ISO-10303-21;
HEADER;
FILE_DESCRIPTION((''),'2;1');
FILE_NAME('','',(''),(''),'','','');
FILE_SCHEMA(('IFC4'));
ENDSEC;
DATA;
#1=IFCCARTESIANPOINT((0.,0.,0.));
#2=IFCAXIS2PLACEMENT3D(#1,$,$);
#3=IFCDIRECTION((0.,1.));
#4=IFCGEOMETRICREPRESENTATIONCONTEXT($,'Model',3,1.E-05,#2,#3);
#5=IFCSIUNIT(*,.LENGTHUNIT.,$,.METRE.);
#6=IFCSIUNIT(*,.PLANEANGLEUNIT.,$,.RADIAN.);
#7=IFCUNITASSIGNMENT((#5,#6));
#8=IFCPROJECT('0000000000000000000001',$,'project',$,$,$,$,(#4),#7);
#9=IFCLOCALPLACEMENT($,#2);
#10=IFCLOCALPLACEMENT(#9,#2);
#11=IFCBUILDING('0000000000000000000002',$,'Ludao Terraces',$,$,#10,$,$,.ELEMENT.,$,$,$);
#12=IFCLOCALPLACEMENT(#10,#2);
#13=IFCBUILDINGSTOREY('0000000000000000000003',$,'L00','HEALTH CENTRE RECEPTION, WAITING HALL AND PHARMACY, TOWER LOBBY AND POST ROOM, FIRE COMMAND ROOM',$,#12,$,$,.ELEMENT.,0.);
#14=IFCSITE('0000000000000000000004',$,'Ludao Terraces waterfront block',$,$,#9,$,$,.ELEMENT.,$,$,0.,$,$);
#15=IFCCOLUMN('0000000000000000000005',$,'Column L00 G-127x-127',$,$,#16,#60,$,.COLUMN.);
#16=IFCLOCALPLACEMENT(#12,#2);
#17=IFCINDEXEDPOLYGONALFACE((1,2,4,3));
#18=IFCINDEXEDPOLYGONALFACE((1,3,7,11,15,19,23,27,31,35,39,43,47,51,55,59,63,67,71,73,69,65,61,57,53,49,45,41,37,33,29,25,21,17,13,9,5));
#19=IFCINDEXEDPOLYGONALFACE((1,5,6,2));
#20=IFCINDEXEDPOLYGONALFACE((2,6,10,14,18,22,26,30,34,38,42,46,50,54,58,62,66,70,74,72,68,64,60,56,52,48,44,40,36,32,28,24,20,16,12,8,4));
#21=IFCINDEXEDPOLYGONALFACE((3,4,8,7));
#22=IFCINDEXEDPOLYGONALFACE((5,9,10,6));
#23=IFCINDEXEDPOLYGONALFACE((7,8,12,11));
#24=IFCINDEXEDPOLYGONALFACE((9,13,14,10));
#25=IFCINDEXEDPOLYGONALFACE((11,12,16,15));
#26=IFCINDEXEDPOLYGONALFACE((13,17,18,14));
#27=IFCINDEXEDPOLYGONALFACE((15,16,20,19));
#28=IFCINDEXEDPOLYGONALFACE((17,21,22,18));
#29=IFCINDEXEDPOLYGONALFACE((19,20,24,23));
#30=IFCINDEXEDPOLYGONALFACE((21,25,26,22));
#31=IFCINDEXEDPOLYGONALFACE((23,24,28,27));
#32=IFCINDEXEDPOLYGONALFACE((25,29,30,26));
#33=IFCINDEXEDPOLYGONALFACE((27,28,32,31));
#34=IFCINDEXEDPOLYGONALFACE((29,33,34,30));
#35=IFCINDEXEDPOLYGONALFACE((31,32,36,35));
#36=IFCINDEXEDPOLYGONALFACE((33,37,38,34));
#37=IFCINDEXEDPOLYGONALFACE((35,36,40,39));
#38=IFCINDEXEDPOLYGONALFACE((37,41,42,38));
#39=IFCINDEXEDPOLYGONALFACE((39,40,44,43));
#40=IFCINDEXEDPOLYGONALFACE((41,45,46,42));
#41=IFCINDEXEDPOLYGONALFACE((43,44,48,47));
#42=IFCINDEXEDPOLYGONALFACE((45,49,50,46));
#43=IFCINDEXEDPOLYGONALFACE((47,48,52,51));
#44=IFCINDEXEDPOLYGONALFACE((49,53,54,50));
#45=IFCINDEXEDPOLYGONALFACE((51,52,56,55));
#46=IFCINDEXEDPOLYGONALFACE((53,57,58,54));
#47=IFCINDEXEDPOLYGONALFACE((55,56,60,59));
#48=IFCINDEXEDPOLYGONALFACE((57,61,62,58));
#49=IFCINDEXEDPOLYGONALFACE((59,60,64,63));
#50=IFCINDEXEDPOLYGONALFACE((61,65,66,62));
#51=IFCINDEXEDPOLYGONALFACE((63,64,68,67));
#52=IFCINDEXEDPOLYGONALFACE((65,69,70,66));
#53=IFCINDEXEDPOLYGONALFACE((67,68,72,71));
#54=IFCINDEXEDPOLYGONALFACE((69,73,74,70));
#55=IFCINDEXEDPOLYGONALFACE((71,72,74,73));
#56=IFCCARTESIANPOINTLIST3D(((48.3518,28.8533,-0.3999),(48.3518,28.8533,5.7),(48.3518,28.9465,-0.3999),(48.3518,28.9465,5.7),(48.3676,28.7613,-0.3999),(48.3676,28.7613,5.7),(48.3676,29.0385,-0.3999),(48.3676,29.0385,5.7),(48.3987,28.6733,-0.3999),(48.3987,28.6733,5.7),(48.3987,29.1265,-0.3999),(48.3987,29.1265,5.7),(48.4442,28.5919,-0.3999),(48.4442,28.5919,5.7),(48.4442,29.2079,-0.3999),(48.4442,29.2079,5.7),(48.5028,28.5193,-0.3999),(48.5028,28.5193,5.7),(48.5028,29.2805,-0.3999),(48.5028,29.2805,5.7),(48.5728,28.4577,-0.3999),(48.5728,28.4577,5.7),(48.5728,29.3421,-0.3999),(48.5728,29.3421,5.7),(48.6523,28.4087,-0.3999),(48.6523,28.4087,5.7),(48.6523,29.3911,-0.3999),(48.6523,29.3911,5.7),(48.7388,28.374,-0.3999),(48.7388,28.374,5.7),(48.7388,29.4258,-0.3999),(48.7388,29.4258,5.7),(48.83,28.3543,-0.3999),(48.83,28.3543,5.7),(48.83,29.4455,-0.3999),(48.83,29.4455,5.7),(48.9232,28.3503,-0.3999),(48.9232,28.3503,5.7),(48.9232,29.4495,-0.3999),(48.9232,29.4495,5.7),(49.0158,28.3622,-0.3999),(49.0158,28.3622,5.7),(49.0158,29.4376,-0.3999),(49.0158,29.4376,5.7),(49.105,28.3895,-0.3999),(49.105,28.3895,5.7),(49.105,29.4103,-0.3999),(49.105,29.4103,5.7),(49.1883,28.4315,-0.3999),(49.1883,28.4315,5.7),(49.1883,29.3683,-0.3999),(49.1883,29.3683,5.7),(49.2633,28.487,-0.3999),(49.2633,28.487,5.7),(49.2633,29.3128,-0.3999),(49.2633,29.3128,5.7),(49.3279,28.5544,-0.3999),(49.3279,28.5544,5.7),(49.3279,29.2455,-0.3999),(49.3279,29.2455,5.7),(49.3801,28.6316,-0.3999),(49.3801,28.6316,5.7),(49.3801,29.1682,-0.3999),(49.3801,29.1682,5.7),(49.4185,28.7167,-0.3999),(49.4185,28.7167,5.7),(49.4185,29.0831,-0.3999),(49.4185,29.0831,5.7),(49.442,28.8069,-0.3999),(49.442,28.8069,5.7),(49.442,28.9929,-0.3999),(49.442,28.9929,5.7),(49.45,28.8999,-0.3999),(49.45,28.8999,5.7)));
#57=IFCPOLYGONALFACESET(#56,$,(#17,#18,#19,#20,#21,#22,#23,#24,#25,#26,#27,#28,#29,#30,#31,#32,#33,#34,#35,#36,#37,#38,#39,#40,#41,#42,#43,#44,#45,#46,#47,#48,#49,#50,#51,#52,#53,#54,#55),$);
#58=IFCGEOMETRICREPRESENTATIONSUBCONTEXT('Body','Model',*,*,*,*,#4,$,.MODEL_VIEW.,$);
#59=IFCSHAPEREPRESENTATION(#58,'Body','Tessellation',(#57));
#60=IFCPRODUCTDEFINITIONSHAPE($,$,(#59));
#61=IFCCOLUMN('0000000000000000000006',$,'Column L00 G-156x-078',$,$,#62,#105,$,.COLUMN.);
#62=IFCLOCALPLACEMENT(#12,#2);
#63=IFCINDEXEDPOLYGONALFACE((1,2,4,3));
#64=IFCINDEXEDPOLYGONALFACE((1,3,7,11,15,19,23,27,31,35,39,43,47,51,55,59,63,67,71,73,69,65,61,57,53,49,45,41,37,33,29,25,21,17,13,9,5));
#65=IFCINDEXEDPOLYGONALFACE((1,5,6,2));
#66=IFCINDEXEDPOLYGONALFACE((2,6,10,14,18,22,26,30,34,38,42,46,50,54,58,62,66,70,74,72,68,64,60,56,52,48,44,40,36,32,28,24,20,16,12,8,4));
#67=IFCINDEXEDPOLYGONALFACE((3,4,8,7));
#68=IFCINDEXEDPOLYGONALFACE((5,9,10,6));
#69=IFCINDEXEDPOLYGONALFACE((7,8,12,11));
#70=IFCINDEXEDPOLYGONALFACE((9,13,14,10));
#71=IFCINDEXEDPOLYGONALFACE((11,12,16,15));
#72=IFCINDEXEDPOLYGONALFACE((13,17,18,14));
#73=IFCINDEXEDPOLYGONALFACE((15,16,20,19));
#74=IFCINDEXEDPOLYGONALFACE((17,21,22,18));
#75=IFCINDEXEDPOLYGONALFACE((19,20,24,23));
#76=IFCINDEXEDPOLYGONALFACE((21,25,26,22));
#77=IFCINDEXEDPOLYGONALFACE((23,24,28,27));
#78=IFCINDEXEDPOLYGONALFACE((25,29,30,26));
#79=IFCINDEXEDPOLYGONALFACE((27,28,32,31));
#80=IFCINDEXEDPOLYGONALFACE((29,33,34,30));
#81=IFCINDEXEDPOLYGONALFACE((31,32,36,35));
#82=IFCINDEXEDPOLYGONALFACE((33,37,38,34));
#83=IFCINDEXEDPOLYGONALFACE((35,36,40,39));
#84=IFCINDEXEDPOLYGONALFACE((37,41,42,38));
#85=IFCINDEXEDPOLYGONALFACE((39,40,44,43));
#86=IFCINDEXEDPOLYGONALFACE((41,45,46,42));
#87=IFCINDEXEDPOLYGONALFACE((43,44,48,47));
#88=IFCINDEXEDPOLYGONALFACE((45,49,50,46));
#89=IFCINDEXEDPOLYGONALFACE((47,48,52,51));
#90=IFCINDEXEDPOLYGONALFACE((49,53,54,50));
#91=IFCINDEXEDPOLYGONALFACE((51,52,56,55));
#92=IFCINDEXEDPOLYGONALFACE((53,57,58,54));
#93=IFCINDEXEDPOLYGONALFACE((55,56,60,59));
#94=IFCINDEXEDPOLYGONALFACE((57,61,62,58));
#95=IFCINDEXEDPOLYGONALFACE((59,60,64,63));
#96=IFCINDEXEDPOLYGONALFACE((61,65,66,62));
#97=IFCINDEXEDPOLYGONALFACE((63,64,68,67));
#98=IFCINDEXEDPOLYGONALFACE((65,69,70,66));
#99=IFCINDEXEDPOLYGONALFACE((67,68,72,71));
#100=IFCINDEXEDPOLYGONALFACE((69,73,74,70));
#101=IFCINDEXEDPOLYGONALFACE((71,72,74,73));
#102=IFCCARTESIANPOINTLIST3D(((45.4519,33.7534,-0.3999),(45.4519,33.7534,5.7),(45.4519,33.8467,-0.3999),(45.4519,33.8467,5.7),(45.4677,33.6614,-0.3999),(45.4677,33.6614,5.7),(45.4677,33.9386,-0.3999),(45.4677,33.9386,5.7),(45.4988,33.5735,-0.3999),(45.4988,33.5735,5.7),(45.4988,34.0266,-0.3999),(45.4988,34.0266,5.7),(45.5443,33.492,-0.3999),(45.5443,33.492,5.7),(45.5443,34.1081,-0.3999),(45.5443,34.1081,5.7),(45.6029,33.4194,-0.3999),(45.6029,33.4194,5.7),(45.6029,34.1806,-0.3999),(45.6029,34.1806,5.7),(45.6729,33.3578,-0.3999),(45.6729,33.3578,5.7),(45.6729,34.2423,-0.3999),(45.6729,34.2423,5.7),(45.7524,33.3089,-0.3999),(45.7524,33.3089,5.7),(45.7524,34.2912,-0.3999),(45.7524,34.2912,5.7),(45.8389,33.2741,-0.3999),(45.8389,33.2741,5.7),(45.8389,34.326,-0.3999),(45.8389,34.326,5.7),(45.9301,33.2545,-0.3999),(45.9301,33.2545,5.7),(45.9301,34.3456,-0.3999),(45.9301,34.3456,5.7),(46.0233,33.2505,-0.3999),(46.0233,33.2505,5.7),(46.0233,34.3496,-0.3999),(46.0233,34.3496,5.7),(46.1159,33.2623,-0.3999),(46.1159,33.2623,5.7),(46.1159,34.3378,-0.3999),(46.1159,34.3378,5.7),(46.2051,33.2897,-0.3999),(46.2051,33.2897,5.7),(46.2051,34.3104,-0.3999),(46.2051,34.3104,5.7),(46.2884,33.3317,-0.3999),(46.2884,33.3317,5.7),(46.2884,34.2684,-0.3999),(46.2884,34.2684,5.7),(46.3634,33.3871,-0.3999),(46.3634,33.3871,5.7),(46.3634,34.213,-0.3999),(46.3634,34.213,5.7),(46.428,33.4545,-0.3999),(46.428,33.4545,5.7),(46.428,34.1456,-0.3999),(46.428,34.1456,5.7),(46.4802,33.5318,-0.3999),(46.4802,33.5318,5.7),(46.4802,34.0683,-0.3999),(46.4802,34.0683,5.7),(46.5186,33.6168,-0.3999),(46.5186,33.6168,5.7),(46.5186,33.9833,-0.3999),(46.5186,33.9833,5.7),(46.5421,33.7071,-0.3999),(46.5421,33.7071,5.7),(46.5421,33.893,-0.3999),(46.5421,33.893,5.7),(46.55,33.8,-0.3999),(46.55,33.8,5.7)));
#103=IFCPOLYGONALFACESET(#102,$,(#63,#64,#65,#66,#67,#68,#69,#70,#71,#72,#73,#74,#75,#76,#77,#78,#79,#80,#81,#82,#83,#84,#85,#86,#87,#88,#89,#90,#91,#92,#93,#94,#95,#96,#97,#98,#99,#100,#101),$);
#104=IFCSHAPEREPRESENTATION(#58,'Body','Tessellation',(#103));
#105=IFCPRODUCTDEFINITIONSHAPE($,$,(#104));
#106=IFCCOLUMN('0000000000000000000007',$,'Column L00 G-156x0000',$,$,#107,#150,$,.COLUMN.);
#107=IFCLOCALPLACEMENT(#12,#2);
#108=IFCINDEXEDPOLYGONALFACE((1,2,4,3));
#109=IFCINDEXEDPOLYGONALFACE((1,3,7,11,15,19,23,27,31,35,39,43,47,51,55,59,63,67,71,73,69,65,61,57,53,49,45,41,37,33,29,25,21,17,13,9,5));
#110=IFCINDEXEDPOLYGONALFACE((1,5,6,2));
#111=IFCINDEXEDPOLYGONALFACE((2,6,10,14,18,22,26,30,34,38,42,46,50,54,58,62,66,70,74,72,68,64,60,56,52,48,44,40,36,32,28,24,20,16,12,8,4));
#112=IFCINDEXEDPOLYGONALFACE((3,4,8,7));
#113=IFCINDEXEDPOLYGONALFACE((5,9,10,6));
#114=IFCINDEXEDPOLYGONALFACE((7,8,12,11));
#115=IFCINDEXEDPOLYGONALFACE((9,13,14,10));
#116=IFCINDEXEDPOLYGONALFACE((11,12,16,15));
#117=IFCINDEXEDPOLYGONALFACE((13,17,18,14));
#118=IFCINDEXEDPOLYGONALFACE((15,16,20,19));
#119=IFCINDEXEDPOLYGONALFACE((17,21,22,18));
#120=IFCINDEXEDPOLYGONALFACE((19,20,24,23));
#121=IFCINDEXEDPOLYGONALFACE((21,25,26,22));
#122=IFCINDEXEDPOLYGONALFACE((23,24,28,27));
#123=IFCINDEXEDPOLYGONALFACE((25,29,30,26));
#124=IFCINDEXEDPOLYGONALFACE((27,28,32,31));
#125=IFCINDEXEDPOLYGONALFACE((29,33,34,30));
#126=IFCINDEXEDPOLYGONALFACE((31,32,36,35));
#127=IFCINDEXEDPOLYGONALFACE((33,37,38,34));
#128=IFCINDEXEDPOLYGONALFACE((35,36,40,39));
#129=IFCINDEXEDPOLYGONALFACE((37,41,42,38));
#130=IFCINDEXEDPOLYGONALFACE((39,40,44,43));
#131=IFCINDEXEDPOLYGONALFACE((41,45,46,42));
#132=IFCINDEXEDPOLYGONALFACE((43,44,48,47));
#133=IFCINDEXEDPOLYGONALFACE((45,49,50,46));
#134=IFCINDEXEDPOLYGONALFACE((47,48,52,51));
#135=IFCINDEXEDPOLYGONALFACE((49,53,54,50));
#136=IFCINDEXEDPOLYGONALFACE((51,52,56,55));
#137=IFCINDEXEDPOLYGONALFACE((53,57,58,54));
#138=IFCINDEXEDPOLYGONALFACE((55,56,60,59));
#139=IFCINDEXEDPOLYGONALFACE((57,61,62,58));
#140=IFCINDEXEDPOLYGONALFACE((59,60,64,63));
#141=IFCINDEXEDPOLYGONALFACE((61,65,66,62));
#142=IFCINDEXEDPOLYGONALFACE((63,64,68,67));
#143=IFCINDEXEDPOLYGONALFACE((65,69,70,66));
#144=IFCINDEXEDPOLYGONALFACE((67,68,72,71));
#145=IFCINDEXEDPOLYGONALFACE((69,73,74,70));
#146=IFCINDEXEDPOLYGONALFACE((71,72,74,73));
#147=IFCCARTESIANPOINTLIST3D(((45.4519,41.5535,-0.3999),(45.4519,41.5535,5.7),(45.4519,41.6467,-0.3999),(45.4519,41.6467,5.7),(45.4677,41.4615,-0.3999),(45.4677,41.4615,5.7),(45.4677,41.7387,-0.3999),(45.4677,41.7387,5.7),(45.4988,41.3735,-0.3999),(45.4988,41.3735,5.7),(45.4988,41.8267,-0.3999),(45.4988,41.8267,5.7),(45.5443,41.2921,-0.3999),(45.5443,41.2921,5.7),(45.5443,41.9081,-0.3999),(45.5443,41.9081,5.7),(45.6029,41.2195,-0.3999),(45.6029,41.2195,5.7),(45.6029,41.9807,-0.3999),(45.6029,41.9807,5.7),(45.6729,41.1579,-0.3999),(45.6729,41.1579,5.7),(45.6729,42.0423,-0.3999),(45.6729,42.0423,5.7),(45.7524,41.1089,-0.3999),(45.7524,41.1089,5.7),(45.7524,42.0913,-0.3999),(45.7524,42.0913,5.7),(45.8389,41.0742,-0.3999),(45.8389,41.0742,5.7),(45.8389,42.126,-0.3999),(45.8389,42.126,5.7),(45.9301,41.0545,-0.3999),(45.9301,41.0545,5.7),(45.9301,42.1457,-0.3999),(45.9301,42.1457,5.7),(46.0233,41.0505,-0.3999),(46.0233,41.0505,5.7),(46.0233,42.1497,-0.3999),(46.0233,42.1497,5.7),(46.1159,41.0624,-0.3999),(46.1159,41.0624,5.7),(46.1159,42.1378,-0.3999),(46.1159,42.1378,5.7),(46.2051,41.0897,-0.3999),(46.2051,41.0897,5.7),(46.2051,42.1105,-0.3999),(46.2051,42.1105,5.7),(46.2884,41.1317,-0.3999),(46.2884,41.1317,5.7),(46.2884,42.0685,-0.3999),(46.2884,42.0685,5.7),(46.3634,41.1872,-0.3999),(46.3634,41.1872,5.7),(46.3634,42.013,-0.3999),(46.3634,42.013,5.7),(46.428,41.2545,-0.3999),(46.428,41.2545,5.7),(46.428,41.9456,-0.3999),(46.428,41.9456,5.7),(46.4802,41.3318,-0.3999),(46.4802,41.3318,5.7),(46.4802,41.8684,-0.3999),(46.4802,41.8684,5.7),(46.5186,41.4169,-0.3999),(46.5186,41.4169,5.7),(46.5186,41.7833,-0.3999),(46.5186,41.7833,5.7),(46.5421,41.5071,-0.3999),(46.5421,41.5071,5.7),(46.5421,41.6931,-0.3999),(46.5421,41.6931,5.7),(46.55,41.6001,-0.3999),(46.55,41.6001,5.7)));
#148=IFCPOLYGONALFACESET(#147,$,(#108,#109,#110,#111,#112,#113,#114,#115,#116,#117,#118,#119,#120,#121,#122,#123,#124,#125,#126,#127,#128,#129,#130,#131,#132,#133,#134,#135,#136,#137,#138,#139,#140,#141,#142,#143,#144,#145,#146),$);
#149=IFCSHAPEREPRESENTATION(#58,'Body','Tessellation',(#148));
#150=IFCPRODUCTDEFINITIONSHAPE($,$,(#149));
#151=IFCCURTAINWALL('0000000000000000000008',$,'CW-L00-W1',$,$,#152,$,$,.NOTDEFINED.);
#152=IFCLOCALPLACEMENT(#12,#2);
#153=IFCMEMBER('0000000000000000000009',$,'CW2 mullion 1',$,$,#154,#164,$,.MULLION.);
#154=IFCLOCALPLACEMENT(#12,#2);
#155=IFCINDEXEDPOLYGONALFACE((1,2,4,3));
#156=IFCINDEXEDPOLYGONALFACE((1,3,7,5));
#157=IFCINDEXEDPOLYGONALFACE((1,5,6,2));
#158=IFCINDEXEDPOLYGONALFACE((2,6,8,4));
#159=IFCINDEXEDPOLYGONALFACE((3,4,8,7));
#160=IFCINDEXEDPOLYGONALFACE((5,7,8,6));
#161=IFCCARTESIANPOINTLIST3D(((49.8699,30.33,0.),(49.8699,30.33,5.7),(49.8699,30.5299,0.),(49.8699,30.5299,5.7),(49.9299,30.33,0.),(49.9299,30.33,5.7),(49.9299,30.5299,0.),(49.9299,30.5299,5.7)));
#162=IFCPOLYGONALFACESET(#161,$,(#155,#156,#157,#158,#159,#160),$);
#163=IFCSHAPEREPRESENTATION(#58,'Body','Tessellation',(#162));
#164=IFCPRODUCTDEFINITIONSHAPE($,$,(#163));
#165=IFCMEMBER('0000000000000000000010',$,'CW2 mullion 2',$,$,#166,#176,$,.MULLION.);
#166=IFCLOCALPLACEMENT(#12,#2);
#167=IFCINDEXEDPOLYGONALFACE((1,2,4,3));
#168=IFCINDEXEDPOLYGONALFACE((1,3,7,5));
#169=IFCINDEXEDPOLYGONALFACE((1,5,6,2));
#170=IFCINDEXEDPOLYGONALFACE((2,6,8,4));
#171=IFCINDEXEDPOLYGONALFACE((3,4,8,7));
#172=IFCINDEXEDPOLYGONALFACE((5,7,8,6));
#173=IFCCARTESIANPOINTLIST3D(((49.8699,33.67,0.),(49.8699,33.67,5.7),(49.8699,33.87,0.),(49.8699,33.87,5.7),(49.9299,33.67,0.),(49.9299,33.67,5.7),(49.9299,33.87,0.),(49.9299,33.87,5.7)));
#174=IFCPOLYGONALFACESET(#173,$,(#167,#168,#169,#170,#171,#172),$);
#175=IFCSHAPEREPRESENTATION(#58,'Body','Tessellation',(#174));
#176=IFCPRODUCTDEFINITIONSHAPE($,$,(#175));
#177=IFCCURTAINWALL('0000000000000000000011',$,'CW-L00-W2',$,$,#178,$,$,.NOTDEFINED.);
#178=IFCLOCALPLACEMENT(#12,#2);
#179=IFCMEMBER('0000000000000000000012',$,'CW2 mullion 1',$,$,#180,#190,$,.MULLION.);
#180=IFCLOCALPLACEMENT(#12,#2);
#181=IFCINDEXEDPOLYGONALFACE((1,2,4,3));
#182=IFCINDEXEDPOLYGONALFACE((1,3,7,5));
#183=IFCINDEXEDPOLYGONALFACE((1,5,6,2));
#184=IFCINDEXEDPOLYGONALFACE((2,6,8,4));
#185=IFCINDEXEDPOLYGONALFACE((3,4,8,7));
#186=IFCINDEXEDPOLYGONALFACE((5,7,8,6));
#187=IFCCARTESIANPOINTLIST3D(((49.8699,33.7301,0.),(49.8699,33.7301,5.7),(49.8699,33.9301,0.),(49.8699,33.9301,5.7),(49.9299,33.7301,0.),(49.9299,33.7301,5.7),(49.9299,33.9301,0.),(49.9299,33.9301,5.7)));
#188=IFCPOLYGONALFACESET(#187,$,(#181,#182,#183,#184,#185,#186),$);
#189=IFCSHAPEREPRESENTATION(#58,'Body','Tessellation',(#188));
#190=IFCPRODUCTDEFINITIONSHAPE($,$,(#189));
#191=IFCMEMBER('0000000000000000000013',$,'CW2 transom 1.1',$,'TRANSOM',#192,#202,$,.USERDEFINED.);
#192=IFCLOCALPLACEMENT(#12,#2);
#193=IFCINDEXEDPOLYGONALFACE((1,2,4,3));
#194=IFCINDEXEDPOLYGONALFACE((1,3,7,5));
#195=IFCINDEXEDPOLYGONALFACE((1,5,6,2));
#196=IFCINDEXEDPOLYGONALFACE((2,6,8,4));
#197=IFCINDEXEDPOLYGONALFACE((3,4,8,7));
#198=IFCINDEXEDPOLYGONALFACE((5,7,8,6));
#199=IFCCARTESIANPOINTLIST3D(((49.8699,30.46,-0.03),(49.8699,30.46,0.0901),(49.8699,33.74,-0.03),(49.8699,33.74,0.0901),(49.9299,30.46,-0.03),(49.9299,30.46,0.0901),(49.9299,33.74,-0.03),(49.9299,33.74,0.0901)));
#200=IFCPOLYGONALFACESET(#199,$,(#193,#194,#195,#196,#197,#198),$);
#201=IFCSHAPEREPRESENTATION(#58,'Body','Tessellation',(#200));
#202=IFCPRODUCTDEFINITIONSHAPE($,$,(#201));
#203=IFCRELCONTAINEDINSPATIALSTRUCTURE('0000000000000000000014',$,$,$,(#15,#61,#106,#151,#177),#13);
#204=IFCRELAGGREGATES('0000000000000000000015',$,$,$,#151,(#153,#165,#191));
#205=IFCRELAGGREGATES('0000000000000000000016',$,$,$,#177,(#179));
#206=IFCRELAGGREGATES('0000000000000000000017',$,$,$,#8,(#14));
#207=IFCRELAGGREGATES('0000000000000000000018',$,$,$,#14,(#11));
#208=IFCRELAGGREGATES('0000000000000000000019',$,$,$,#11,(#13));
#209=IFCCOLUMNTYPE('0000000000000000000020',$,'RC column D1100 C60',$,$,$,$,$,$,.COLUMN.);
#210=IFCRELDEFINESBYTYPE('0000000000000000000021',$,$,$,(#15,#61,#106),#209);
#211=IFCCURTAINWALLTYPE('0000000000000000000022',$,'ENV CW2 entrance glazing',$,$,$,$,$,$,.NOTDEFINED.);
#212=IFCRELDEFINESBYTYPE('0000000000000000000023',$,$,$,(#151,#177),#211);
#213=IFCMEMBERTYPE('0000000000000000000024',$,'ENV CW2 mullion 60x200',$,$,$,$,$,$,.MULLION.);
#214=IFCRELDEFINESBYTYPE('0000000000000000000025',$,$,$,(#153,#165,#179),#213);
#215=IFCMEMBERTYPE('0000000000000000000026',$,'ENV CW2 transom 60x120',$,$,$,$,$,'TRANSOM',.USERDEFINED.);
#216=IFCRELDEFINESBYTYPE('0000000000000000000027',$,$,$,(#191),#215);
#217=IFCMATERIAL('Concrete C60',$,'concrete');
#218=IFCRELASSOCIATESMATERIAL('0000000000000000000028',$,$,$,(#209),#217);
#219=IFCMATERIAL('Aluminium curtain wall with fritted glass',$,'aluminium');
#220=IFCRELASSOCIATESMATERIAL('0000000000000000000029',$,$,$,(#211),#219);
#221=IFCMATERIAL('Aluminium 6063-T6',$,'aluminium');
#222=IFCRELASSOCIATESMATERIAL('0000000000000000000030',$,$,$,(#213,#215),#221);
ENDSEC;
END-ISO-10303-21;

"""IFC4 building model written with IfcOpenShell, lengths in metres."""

from ifc_helpers import new_model, si_unit, direction, frame, origin, origin_2d, place, context, subcontext, project, spatial, rectangle, circle, extrude, material, material_profile, profile_set, type_object, element, aggregate, save


model = new_model("IFC4")

# Units and contexts
model_context = context("Model", 3, precision=1e-05, world=origin(), true_north=direction((0.0, 1.0)))
body_context = subcontext(model_context, "Body", "Model", "MODEL_VIEW")
ifc_project = project(units=[si_unit("LENGTHUNIT", "METRE"), si_unit("PLANEANGLEUNIT", "RADIAN")], contexts=[model_context])

# Site, building, storey
site_placement = place(None, origin())
site = spatial("IfcSite", under=ifc_project, at=site_placement, Name="Ludao Terraces waterfront block", CompositionType="ELEMENT", RefElevation=0.0)
building_placement = place(site_placement, origin())
building = spatial("IfcBuilding", under=site, at=building_placement, Name="Ludao Terraces", CompositionType="ELEMENT")
storey_placement = place(building_placement, origin())
storey = spatial("IfcBuildingStorey", under=building, at=storey_placement, Name="L00", Description="HEALTH CENTRE RECEPTION, WAITING HALL AND PHARMACY, TOWER LOBBY AND POST ROOM, FIRE COMMAND ROOM", CompositionType="ELEMENT", Elevation=0.0)

# Columns
ifc_material_1 = material(Name="Concrete C60", Category="concrete")
ifc_material_profile_1 = material_profile(ifc_material_1, circle(Radius=0.55, at=origin_2d()), Name="D1100")
ifc_profile_set_1 = profile_set([ifc_material_profile_1], Name="Concrete C60")
column_type = type_object("IfcColumnType", Name="RC column D1100 C60", PredefinedType="COLUMN", material=ifc_profile_set_1)
for number, where, z_axis, x_axis, name in (
    (1, (48.8999, 28.8999, -0.3999), (0.0, 0.0, 1.0), (1.0, 0.0, 0.0), "Column L00 G-127x-127"),
    (2, (46.0, 33.8, -0.3999), (0.0, 0.0, 1.0), (1.0, 0.0, 0.0), "Column L00 G-156x-078"),
    (3, (46.0, 41.6001, -0.3999), (0.0, 0.0, 1.0), (1.0, 0.0, 0.0), "Column L00 G-156x0000"),
):
    element("IfcColumn", number, at=place(storey_placement, frame(where, z_axis=z_axis, x_axis=x_axis)), inside=storey, type_object=column_type, Name=name, PredefinedType="COLUMN", context=body_context, shape_type="SweptSolid", body=[
        extrude(circle(Radius=0.55, at=origin_2d()), origin(), (0.0, 0.0, 1.0), 6.0999),
    ])

# Curtain wall, members
ifc_material_2 = material(Name="Aluminium curtain wall with fritted glass", Category="aluminium")
curtain_wall_type = type_object("IfcCurtainWallType", Name="ENV CW2 entrance glazing", PredefinedType="NOTDEFINED", material=ifc_material_2)
curtain_wall_1_placement = place(storey_placement, origin())
curtain_wall_1 = element("IfcCurtainWall", 4, at=curtain_wall_1_placement, inside=storey, type_object=curtain_wall_type, Name="CW-L00-W1", PredefinedType="NOTDEFINED")
ifc_material_3 = material(Name="Aluminium 6063-T6", Category="aluminium")
ifc_material_profile_2 = material_profile(ifc_material_3, rectangle(XDim=0.0601, YDim=0.2, at=origin_2d()), Name="60 X 200")
ifc_profile_set_2 = profile_set([ifc_material_profile_2], Name="Aluminium 6063-T6")
member_type_1 = type_object("IfcMemberType", Name="ENV CW2 mullion 60x200", PredefinedType="MULLION", material=ifc_profile_set_2)
member_1_placement = place(storey_placement, frame((49.8999, 30.4299, 0.0), z_axis=(0.0, 0.0, 1.0), x_axis=(-1.0, 0.0, 0.0)))
member_1 = element("IfcMember", 5, at=member_1_placement, type_object=member_type_1, Name="CW2 mullion 1", PredefinedType="MULLION", context=body_context, shape_type="SweptSolid", body=[
    extrude(rectangle(XDim=0.0601, YDim=0.2, at=origin_2d()), origin(), (0.0, 0.0, 1.0), 5.7),
])
member_2_placement = place(storey_placement, frame((49.8999, 33.77, 0.0), z_axis=(0.0, 0.0, 1.0), x_axis=(-1.0, 0.0, 0.0)))
member_2 = element("IfcMember", 6, at=member_2_placement, type_object=member_type_1, Name="CW2 mullion 2", PredefinedType="MULLION", context=body_context, shape_type="SweptSolid", body=[
    extrude(rectangle(XDim=0.0601, YDim=0.2, at=origin_2d()), origin(), (0.0, 0.0, 1.0), 5.7),
])

# Curtain wall, member
curtain_wall_2_placement = place(storey_placement, origin())
curtain_wall_2 = element("IfcCurtainWall", 7, at=curtain_wall_2_placement, inside=storey, type_object=curtain_wall_type, Name="CW-L00-W2", PredefinedType="NOTDEFINED")
member_3_placement = place(storey_placement, frame((49.8999, 33.8301, 0.0), z_axis=(0.0, 0.0, 1.0), x_axis=(-1.0, 0.0, 0.0)))
member_3 = element("IfcMember", 8, at=member_3_placement, type_object=member_type_1, Name="CW2 mullion 1", PredefinedType="MULLION", context=body_context, shape_type="SweptSolid", body=[
    extrude(rectangle(XDim=0.0601, YDim=0.2, at=origin_2d()), origin(), (0.0, 0.0, 1.0), 5.7),
])

# Member
ifc_material_profile_3 = material_profile(ifc_material_3, rectangle(XDim=0.0601, YDim=0.1201, at=origin_2d()), Name="60 X 120")
ifc_profile_set_3 = profile_set([ifc_material_profile_3], Name="Aluminium 6063-T6")
member_type_2 = type_object("IfcMemberType", Name="ENV CW2 transom 60x120", ElementType="TRANSOM", PredefinedType="USERDEFINED", material=ifc_profile_set_3)
member_4_placement = place(storey_placement, frame((49.8999, 30.46, 0.03), z_axis=(0.0, 1.0, 0.0), x_axis=(-1.0, 0.0, 0.0)))
member_4 = element("IfcMember", 9, at=member_4_placement, type_object=member_type_2, Name="CW2 transom 1.1", ObjectType="TRANSOM", PredefinedType="USERDEFINED", context=body_context, shape_type="SweptSolid", body=[
    extrude(rectangle(XDim=0.0601, YDim=0.1201, at=origin_2d()), origin(), (0.0, 0.0, 1.0), 3.28),
])

aggregate(curtain_wall_1, [member_1, member_2, member_4])
aggregate(curtain_wall_2, [member_3])

save(model, "model.ifc")
